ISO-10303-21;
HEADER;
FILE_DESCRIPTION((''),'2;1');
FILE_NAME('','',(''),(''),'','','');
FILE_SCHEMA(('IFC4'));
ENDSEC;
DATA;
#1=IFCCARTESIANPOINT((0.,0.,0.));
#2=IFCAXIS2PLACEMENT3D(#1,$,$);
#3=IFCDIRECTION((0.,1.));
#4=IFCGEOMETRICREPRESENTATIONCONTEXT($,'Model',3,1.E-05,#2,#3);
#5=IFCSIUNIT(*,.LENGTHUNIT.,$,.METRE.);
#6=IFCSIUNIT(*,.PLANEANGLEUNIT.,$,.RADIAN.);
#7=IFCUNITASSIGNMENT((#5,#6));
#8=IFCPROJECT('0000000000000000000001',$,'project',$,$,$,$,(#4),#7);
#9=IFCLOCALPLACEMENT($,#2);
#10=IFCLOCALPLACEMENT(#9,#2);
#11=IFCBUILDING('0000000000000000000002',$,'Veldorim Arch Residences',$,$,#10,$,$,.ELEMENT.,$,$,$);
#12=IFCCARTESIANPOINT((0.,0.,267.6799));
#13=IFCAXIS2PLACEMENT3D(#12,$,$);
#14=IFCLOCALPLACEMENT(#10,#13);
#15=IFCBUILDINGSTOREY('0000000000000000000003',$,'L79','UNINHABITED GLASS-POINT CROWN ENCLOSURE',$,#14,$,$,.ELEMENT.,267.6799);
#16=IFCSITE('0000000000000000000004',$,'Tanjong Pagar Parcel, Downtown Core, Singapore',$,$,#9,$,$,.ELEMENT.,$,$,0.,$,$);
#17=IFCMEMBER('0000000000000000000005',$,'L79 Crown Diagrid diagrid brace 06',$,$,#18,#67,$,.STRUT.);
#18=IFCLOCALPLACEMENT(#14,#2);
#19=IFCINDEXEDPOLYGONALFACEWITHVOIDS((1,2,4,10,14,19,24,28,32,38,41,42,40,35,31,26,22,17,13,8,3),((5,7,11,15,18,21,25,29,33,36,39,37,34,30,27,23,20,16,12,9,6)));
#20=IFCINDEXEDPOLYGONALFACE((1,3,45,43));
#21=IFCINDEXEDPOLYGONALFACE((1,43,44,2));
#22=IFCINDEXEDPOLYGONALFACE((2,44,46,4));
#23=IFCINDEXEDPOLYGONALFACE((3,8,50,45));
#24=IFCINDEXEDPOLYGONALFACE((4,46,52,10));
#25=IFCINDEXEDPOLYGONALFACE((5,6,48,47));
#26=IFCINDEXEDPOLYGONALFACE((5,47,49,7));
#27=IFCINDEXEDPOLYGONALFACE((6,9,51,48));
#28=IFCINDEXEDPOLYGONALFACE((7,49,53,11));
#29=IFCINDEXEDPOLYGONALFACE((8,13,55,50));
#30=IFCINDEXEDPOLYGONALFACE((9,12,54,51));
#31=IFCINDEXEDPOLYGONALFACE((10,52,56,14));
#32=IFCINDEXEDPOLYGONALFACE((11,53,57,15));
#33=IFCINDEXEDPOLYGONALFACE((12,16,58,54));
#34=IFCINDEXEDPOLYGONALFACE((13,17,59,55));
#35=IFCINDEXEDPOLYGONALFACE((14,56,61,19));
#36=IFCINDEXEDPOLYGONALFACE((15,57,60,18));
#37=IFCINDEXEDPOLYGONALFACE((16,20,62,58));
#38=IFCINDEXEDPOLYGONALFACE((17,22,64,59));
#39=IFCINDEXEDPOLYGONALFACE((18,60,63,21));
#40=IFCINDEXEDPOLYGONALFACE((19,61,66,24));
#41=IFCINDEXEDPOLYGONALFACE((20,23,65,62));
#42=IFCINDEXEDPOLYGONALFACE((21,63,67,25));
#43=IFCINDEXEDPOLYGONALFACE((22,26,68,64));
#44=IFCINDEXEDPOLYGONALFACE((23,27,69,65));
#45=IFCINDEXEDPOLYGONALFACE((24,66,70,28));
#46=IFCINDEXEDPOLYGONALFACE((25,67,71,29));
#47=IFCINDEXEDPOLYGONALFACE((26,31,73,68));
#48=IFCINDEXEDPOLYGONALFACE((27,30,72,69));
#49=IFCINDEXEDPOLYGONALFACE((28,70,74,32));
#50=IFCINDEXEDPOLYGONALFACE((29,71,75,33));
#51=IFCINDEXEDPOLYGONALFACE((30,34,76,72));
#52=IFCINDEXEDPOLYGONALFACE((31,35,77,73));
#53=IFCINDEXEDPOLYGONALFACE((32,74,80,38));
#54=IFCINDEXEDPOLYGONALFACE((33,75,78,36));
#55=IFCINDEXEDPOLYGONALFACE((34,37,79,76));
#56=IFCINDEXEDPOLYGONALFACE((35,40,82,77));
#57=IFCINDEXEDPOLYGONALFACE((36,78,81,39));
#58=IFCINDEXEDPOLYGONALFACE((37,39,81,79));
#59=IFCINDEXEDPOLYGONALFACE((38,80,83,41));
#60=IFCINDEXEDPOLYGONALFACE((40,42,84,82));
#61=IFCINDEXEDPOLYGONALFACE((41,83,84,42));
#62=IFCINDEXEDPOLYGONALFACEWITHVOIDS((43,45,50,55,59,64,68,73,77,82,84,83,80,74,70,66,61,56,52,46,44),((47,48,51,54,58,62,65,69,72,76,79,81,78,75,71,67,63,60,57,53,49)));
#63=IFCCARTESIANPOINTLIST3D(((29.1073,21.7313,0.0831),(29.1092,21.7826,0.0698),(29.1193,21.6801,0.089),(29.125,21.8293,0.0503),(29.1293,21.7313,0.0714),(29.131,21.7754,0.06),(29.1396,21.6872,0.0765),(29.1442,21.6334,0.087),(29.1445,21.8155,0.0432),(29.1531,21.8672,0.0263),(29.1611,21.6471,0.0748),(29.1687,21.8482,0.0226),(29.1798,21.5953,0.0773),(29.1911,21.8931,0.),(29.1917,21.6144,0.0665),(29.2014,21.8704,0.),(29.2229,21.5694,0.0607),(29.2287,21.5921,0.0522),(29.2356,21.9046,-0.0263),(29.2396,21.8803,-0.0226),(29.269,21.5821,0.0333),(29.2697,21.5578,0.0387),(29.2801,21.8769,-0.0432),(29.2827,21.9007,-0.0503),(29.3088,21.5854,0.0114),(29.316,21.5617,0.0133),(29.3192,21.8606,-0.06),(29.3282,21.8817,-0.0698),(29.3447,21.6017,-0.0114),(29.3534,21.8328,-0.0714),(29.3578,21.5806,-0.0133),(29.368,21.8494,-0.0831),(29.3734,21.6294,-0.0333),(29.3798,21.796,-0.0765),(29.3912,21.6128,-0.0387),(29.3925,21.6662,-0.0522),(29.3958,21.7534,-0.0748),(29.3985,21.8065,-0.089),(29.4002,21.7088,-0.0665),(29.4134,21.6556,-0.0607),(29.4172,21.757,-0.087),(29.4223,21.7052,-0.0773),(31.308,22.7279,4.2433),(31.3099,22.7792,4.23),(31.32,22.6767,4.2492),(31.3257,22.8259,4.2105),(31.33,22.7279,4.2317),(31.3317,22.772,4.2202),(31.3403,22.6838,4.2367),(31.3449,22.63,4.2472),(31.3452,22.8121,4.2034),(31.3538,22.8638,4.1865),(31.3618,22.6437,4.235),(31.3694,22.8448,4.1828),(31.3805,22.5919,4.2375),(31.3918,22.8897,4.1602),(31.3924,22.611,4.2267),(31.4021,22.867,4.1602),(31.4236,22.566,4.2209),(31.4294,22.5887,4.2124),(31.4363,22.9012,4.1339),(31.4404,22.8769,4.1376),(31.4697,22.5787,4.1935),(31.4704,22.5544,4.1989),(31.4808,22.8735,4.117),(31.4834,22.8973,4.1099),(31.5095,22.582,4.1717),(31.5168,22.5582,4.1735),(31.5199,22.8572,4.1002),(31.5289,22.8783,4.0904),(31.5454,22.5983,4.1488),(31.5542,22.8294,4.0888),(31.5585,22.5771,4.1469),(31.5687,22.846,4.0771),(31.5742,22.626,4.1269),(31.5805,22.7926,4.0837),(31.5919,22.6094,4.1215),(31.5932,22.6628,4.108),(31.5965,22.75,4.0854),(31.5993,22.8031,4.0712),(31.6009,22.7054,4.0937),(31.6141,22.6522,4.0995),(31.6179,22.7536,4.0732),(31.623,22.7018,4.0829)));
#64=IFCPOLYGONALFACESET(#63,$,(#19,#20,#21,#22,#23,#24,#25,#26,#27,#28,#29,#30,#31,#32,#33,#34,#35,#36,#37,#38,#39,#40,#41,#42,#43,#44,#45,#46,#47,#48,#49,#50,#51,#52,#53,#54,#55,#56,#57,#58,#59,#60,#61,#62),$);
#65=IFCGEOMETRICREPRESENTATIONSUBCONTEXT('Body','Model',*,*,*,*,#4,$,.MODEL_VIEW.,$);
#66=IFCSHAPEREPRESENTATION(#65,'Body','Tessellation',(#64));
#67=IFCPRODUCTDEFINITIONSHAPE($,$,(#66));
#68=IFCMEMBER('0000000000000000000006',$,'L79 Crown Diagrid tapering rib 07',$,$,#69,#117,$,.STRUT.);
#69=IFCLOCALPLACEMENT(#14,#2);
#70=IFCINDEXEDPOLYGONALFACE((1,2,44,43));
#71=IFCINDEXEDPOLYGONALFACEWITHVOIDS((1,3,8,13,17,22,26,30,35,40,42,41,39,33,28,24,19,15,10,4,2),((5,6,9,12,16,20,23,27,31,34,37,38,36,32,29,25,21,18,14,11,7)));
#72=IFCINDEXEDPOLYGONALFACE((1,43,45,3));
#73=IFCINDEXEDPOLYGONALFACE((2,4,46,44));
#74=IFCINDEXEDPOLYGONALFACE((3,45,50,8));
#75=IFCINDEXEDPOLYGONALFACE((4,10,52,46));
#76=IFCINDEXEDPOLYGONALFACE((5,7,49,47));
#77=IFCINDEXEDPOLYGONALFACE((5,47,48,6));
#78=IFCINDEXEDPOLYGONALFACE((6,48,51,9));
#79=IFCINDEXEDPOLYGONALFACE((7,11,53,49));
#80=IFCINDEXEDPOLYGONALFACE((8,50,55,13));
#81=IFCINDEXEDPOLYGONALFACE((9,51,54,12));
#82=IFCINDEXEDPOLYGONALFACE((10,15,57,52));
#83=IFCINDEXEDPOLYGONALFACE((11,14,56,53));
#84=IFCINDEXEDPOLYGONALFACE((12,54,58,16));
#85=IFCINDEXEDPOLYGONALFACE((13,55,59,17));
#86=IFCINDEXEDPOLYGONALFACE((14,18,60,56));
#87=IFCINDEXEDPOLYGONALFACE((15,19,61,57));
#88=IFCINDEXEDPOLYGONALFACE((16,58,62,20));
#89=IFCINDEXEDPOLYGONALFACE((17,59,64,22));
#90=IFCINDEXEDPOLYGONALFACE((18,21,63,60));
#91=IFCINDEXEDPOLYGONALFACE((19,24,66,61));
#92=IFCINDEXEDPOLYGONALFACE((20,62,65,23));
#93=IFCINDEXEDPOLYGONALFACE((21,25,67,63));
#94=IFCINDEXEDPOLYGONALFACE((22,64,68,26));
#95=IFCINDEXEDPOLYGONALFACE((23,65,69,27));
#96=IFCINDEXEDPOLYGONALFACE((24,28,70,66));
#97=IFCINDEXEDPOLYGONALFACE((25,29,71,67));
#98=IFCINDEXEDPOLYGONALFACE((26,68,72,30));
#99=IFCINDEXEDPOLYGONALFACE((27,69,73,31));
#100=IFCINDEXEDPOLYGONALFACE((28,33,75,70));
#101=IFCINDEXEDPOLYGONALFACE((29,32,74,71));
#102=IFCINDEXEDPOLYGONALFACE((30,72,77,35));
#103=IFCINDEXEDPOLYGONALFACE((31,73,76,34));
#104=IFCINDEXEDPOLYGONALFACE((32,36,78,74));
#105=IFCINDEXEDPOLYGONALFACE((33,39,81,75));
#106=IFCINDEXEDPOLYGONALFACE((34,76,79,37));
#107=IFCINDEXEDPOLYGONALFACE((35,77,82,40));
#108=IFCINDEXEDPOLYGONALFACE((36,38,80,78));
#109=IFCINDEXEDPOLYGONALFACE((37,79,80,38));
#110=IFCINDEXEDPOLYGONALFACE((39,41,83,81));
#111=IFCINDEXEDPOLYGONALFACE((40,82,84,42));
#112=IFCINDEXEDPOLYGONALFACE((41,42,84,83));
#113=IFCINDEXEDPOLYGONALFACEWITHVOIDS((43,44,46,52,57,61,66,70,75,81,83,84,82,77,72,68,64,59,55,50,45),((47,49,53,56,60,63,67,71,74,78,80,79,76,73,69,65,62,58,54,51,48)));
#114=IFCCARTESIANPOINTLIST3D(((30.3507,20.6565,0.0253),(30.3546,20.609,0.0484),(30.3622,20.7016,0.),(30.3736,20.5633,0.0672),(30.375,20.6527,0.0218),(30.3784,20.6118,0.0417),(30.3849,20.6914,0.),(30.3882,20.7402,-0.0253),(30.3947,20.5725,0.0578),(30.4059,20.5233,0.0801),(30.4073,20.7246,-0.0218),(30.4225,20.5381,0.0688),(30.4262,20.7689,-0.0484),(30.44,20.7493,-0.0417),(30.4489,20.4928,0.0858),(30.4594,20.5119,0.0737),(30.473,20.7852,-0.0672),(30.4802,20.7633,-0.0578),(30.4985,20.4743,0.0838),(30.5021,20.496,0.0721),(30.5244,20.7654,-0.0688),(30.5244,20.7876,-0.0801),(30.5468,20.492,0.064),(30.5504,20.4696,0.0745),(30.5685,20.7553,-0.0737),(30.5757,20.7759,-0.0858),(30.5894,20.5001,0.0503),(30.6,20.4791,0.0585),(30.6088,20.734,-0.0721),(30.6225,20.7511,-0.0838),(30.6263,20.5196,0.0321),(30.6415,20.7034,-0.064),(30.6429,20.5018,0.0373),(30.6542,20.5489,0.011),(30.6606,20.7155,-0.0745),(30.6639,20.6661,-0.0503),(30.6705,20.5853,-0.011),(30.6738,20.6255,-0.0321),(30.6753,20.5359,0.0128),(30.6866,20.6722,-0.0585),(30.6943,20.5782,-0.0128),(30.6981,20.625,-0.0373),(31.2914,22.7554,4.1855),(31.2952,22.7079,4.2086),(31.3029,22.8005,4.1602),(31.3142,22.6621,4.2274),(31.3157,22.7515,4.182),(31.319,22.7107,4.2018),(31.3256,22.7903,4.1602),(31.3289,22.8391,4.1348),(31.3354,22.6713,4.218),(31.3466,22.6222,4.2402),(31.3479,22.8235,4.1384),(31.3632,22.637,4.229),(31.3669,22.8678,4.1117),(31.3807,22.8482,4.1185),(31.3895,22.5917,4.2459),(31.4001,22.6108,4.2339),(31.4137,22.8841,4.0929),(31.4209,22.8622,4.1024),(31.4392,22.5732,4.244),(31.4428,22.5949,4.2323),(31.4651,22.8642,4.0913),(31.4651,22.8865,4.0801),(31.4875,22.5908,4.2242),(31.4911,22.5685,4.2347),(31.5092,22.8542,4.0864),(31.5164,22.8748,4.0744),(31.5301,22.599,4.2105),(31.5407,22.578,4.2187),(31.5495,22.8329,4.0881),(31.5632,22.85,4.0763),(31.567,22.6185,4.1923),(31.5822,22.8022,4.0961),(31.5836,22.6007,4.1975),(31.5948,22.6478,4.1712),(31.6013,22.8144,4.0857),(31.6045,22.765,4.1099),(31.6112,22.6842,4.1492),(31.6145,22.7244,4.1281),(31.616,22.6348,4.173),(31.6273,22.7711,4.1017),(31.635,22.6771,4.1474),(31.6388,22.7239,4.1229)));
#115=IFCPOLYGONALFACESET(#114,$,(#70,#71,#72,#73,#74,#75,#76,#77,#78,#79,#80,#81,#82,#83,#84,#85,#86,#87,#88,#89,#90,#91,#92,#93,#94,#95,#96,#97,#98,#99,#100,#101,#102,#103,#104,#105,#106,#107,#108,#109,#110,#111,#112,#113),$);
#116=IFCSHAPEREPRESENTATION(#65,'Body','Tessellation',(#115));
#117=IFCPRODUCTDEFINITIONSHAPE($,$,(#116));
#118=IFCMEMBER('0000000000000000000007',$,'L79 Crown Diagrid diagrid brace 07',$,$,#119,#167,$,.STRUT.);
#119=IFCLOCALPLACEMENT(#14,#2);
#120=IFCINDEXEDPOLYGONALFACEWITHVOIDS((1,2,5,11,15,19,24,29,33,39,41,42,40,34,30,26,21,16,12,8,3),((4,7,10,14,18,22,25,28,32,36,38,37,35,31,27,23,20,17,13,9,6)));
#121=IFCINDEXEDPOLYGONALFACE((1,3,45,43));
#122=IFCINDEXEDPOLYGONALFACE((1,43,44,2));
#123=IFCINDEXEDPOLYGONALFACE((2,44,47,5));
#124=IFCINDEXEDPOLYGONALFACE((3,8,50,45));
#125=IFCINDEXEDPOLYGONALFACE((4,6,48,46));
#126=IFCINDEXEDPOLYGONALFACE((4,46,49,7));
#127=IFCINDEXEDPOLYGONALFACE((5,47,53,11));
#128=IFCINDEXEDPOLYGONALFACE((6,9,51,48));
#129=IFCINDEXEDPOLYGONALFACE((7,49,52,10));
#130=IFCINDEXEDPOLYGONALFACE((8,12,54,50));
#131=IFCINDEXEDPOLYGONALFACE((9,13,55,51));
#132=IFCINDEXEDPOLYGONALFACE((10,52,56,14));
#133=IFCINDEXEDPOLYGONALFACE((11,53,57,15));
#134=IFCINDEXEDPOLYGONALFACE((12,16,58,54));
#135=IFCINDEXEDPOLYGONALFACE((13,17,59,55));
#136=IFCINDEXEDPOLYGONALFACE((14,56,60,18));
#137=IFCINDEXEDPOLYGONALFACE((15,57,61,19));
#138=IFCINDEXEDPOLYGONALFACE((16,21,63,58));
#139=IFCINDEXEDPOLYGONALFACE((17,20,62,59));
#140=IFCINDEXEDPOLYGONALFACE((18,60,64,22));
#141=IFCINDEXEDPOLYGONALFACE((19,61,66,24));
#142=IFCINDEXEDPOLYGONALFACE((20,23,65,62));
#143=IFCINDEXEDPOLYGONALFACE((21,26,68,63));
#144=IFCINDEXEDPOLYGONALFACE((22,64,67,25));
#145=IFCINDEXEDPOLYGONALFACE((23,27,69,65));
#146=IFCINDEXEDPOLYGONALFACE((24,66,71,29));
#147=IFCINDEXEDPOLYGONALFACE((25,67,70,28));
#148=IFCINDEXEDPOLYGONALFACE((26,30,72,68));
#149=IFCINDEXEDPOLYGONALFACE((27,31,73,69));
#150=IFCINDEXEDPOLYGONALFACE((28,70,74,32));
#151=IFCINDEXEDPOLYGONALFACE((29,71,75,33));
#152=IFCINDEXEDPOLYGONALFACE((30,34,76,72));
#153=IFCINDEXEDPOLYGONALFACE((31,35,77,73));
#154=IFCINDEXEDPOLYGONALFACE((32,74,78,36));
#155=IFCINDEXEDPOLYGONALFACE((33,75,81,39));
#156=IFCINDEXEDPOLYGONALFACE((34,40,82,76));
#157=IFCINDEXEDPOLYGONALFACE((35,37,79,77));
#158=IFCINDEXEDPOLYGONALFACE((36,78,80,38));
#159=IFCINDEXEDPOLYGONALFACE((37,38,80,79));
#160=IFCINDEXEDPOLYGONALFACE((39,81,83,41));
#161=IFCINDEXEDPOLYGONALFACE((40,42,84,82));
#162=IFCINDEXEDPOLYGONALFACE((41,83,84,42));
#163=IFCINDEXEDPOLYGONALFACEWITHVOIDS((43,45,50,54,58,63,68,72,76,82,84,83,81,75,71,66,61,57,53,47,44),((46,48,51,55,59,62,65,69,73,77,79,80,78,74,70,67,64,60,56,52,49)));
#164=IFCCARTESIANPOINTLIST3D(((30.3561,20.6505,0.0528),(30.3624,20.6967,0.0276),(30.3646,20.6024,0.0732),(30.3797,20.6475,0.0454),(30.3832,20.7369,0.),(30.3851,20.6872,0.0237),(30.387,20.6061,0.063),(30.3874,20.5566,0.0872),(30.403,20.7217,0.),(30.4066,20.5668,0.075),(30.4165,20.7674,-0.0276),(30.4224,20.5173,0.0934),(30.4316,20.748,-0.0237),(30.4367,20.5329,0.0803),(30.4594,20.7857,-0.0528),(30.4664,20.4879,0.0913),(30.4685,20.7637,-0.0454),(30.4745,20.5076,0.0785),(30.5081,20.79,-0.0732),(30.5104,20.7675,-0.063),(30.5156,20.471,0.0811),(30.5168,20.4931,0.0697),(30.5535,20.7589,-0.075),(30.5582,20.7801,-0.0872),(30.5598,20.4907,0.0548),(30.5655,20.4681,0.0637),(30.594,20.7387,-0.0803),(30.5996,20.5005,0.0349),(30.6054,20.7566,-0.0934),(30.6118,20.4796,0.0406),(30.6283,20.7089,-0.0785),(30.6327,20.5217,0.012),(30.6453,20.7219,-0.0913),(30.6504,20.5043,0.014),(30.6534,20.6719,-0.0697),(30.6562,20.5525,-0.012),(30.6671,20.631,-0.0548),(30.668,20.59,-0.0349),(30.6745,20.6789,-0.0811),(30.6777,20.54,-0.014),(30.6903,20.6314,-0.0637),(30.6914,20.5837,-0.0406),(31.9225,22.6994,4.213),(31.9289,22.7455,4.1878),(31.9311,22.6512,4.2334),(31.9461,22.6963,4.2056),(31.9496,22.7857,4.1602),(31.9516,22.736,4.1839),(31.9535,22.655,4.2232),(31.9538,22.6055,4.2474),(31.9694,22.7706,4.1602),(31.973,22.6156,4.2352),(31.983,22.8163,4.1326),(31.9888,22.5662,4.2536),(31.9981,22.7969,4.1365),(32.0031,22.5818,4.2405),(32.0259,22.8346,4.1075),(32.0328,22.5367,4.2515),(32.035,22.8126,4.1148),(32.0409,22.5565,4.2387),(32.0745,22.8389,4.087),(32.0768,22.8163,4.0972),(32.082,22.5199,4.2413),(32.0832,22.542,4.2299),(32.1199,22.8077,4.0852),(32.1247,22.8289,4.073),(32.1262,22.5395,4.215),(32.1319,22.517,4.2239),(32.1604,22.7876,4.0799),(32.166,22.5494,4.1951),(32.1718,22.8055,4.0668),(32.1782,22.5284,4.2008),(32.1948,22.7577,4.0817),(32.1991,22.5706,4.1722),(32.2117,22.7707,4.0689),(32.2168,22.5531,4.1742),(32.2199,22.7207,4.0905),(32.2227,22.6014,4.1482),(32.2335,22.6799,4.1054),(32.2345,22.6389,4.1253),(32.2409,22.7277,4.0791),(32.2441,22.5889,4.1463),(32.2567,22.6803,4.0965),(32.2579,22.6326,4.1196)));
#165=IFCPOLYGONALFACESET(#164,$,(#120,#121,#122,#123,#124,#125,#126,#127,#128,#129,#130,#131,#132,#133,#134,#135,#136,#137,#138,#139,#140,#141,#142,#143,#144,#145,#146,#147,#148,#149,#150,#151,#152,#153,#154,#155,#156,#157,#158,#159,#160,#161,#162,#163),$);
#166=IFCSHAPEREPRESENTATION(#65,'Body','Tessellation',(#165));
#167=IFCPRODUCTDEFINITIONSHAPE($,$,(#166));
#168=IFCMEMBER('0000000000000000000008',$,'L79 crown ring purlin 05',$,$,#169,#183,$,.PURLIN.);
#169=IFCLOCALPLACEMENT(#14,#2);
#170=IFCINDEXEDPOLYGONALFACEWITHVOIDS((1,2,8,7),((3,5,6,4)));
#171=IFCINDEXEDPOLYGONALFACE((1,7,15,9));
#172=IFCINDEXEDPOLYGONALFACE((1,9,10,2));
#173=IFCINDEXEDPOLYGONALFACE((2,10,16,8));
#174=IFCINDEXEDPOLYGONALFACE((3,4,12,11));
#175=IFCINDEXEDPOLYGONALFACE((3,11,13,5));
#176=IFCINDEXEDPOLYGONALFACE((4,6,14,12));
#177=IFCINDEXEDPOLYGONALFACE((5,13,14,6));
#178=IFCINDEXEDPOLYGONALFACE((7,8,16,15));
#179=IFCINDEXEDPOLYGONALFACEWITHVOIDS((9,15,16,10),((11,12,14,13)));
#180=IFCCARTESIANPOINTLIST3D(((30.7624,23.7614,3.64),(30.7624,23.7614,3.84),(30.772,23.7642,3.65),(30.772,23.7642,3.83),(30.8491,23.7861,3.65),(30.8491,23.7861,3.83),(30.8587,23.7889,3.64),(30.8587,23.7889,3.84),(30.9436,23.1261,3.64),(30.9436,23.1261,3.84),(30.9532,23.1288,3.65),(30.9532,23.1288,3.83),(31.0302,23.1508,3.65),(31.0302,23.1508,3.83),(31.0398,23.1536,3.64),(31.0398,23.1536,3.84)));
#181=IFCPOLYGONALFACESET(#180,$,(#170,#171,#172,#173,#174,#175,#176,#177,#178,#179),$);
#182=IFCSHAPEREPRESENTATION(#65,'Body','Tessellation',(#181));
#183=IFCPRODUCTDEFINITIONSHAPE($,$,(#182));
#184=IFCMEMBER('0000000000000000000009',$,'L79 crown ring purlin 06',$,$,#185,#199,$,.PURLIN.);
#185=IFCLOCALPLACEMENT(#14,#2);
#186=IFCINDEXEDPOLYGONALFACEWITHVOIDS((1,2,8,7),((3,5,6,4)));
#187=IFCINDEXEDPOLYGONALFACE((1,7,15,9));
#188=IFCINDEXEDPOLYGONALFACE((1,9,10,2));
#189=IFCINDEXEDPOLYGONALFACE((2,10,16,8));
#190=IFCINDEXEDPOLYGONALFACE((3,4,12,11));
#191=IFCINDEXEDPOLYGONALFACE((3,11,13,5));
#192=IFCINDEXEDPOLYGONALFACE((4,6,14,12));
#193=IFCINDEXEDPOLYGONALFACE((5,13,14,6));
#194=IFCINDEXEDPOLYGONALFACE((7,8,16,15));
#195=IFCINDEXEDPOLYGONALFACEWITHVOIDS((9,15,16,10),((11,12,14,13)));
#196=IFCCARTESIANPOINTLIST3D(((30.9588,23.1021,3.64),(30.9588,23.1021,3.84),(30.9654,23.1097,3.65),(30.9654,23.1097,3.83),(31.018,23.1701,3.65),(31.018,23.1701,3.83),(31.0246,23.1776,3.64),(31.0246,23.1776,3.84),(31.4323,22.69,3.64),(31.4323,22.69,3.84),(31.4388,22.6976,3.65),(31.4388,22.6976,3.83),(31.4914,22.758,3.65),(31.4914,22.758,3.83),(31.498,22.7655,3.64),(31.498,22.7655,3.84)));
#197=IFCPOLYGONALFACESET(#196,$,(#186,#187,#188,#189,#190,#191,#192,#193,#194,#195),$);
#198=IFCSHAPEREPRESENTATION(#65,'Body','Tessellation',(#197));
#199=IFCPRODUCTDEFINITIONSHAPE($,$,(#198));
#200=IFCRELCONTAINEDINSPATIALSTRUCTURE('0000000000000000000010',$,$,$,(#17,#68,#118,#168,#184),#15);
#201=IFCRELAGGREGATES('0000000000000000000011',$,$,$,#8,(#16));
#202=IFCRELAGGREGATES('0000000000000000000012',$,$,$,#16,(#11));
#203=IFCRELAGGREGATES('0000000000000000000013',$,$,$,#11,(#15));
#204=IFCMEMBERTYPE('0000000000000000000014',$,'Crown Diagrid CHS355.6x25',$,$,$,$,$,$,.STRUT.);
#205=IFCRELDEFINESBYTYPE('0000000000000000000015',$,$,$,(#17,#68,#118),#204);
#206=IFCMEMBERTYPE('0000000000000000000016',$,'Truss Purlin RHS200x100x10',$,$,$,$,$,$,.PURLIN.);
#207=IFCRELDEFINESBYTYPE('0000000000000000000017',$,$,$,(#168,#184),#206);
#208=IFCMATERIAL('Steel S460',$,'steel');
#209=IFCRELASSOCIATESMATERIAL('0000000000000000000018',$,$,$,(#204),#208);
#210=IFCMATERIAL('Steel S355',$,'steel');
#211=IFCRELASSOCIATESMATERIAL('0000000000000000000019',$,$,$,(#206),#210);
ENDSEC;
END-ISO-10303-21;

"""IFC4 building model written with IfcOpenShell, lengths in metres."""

from ifc_helpers import new_model, si_unit, direction, frame, origin, origin_2d, place, context, subcontext, project, spatial, hollow_rectangle, hollow_circle, extrude, material, material_profile, profile_set, type_object, element, save


model = new_model("IFC4")

# Units and contexts
model_context = context("Model", 3, precision=1e-05, world=origin(), true_north=direction((0.0, 1.0)))
body_context = subcontext(model_context, "Body", "Model", "MODEL_VIEW")
ifc_project = project(units=[si_unit("LENGTHUNIT", "METRE"), si_unit("PLANEANGLEUNIT", "RADIAN")], contexts=[model_context])

# Site, building, storey
site_placement = place(None, origin())
site = spatial("IfcSite", under=ifc_project, at=site_placement, Name="Tanjong Pagar Parcel, Downtown Core, Singapore", CompositionType="ELEMENT", RefElevation=0.0)
building_placement = place(site_placement, origin())
building = spatial("IfcBuilding", under=site, at=building_placement, Name="Veldorim Arch Residences", CompositionType="ELEMENT")
storey_placement = place(building_placement, frame((0.0, 0.0, 267.6799)))
storey = spatial("IfcBuildingStorey", under=building, at=storey_placement, Name="L79", Description="UNINHABITED GLASS-POINT CROWN ENCLOSURE", CompositionType="ELEMENT", Elevation=267.6799)

# Members
ifc_material_1 = material(Name="Steel S460", Category="steel")
ifc_material_profile_1 = material_profile(ifc_material_1, hollow_circle(Radius=0.1777, WallThickness=0.0249, at=origin_2d()), Name="CHS355.6x25")
ifc_profile_set_1 = profile_set([ifc_material_profile_1], Name="Steel S460")
member_type_1 = type_object("IfcMemberType", Name="Crown Diagrid CHS355.6x25", PredefinedType="STRUT", material=ifc_profile_set_1)
member_1_placement = place(storey_placement, frame((29.2644, 21.7312, 0.0), z_axis=(0.457454, 0.207158, 0.864767), x_axis=(-0.412523, 0.910947, 0.0)))
element("IfcMember", 1, at=member_1_placement, inside=storey, type_object=member_type_1, Name="L79 Crown Diagrid diagrid brace 06", PredefinedType="STRUT", context=body_context, shape_type="SweptSolid", body=[
    extrude(hollow_circle(Radius=0.1777, WallThickness=0.0249, at=origin_2d()), origin(), (0.0, 0.0, 1.0), 4.8108),
])
member_2_placement = place(storey_placement, frame((30.5244, 20.6289, 0.0), z_axis=(0.197885, 0.441531, 0.875153), x_axis=(-0.912542, 0.408983, 0.0)))
element("IfcMember", 2, at=member_2_placement, inside=storey, type_object=member_type_1, Name="L79 Crown Diagrid tapering rib 07", PredefinedType="STRUT", context=body_context, shape_type="SweptSolid", body=[
    extrude(hollow_circle(Radius=0.1777, WallThickness=0.0249, at=origin_2d()), origin(), (0.0, 0.0, 1.0), 4.7537),
])
member_3_placement = place(storey_placement, frame((30.5244, 20.6289, 0.0), z_axis=(0.32002, 0.41858, 0.849928), x_axis=(-0.794422, 0.607366, 0.0)))
element("IfcMember", 3, at=member_3_placement, inside=storey, type_object=member_type_1, Name="L79 Crown Diagrid diagrid brace 07", PredefinedType="STRUT", context=body_context, shape_type="SweptSolid", body=[
    extrude(hollow_circle(Radius=0.1777, WallThickness=0.0249, at=origin_2d()), origin(), (0.0, 0.0, 1.0), 4.8948),
])
ifc_material_2 = material(Name="Steel S355", Category="steel")
ifc_material_profile_2 = material_profile(ifc_material_2, hollow_rectangle(XDim=0.1001, YDim=0.2, WallThickness=0.01, at=origin_2d()), Name="RHS200x100x10")
ifc_profile_set_2 = profile_set([ifc_material_profile_2], Name="Steel S355")
member_type_2 = type_object("IfcMemberType", Name="Truss Purlin RHS200x100x10", PredefinedType="PURLIN", material=ifc_profile_set_2)
member_4_placement = place(storey_placement, frame((30.8105, 23.7751, 3.74), z_axis=(0.274233, -0.961663, 0.0), x_axis=(0.961663, 0.274233, 0.0)))
element("IfcMember", 4, at=member_4_placement, inside=storey, type_object=member_type_2, Name="L79 crown ring purlin 05", PredefinedType="PURLIN", context=body_context, shape_type="SweptSolid", body=[
    extrude(hollow_rectangle(XDim=0.1001, YDim=0.2, WallThickness=0.01, at=origin_2d()), origin(), (0.0, 0.0, 1.0), 0.6606),
])
for number, where, z_axis, x_axis, name in (
    (5, (30.9917, 23.1399, 3.74), (0.754237, -0.656602, 0.0), (0.656602, 0.754237, 0.0), "L79 crown ring purlin 06"),
):
    element("IfcMember", number, at=place(storey_placement, frame(where, z_axis=z_axis, x_axis=x_axis)), inside=storey, type_object=member_type_2, Name=name, PredefinedType="PURLIN", context=body_context, shape_type="SweptSolid", body=[
        extrude(hollow_rectangle(XDim=0.1001, YDim=0.2, WallThickness=0.01, at=origin_2d()), origin(), (0.0, 0.0, 1.0), 0.6277),
    ])

save(model, "model.ifc")
